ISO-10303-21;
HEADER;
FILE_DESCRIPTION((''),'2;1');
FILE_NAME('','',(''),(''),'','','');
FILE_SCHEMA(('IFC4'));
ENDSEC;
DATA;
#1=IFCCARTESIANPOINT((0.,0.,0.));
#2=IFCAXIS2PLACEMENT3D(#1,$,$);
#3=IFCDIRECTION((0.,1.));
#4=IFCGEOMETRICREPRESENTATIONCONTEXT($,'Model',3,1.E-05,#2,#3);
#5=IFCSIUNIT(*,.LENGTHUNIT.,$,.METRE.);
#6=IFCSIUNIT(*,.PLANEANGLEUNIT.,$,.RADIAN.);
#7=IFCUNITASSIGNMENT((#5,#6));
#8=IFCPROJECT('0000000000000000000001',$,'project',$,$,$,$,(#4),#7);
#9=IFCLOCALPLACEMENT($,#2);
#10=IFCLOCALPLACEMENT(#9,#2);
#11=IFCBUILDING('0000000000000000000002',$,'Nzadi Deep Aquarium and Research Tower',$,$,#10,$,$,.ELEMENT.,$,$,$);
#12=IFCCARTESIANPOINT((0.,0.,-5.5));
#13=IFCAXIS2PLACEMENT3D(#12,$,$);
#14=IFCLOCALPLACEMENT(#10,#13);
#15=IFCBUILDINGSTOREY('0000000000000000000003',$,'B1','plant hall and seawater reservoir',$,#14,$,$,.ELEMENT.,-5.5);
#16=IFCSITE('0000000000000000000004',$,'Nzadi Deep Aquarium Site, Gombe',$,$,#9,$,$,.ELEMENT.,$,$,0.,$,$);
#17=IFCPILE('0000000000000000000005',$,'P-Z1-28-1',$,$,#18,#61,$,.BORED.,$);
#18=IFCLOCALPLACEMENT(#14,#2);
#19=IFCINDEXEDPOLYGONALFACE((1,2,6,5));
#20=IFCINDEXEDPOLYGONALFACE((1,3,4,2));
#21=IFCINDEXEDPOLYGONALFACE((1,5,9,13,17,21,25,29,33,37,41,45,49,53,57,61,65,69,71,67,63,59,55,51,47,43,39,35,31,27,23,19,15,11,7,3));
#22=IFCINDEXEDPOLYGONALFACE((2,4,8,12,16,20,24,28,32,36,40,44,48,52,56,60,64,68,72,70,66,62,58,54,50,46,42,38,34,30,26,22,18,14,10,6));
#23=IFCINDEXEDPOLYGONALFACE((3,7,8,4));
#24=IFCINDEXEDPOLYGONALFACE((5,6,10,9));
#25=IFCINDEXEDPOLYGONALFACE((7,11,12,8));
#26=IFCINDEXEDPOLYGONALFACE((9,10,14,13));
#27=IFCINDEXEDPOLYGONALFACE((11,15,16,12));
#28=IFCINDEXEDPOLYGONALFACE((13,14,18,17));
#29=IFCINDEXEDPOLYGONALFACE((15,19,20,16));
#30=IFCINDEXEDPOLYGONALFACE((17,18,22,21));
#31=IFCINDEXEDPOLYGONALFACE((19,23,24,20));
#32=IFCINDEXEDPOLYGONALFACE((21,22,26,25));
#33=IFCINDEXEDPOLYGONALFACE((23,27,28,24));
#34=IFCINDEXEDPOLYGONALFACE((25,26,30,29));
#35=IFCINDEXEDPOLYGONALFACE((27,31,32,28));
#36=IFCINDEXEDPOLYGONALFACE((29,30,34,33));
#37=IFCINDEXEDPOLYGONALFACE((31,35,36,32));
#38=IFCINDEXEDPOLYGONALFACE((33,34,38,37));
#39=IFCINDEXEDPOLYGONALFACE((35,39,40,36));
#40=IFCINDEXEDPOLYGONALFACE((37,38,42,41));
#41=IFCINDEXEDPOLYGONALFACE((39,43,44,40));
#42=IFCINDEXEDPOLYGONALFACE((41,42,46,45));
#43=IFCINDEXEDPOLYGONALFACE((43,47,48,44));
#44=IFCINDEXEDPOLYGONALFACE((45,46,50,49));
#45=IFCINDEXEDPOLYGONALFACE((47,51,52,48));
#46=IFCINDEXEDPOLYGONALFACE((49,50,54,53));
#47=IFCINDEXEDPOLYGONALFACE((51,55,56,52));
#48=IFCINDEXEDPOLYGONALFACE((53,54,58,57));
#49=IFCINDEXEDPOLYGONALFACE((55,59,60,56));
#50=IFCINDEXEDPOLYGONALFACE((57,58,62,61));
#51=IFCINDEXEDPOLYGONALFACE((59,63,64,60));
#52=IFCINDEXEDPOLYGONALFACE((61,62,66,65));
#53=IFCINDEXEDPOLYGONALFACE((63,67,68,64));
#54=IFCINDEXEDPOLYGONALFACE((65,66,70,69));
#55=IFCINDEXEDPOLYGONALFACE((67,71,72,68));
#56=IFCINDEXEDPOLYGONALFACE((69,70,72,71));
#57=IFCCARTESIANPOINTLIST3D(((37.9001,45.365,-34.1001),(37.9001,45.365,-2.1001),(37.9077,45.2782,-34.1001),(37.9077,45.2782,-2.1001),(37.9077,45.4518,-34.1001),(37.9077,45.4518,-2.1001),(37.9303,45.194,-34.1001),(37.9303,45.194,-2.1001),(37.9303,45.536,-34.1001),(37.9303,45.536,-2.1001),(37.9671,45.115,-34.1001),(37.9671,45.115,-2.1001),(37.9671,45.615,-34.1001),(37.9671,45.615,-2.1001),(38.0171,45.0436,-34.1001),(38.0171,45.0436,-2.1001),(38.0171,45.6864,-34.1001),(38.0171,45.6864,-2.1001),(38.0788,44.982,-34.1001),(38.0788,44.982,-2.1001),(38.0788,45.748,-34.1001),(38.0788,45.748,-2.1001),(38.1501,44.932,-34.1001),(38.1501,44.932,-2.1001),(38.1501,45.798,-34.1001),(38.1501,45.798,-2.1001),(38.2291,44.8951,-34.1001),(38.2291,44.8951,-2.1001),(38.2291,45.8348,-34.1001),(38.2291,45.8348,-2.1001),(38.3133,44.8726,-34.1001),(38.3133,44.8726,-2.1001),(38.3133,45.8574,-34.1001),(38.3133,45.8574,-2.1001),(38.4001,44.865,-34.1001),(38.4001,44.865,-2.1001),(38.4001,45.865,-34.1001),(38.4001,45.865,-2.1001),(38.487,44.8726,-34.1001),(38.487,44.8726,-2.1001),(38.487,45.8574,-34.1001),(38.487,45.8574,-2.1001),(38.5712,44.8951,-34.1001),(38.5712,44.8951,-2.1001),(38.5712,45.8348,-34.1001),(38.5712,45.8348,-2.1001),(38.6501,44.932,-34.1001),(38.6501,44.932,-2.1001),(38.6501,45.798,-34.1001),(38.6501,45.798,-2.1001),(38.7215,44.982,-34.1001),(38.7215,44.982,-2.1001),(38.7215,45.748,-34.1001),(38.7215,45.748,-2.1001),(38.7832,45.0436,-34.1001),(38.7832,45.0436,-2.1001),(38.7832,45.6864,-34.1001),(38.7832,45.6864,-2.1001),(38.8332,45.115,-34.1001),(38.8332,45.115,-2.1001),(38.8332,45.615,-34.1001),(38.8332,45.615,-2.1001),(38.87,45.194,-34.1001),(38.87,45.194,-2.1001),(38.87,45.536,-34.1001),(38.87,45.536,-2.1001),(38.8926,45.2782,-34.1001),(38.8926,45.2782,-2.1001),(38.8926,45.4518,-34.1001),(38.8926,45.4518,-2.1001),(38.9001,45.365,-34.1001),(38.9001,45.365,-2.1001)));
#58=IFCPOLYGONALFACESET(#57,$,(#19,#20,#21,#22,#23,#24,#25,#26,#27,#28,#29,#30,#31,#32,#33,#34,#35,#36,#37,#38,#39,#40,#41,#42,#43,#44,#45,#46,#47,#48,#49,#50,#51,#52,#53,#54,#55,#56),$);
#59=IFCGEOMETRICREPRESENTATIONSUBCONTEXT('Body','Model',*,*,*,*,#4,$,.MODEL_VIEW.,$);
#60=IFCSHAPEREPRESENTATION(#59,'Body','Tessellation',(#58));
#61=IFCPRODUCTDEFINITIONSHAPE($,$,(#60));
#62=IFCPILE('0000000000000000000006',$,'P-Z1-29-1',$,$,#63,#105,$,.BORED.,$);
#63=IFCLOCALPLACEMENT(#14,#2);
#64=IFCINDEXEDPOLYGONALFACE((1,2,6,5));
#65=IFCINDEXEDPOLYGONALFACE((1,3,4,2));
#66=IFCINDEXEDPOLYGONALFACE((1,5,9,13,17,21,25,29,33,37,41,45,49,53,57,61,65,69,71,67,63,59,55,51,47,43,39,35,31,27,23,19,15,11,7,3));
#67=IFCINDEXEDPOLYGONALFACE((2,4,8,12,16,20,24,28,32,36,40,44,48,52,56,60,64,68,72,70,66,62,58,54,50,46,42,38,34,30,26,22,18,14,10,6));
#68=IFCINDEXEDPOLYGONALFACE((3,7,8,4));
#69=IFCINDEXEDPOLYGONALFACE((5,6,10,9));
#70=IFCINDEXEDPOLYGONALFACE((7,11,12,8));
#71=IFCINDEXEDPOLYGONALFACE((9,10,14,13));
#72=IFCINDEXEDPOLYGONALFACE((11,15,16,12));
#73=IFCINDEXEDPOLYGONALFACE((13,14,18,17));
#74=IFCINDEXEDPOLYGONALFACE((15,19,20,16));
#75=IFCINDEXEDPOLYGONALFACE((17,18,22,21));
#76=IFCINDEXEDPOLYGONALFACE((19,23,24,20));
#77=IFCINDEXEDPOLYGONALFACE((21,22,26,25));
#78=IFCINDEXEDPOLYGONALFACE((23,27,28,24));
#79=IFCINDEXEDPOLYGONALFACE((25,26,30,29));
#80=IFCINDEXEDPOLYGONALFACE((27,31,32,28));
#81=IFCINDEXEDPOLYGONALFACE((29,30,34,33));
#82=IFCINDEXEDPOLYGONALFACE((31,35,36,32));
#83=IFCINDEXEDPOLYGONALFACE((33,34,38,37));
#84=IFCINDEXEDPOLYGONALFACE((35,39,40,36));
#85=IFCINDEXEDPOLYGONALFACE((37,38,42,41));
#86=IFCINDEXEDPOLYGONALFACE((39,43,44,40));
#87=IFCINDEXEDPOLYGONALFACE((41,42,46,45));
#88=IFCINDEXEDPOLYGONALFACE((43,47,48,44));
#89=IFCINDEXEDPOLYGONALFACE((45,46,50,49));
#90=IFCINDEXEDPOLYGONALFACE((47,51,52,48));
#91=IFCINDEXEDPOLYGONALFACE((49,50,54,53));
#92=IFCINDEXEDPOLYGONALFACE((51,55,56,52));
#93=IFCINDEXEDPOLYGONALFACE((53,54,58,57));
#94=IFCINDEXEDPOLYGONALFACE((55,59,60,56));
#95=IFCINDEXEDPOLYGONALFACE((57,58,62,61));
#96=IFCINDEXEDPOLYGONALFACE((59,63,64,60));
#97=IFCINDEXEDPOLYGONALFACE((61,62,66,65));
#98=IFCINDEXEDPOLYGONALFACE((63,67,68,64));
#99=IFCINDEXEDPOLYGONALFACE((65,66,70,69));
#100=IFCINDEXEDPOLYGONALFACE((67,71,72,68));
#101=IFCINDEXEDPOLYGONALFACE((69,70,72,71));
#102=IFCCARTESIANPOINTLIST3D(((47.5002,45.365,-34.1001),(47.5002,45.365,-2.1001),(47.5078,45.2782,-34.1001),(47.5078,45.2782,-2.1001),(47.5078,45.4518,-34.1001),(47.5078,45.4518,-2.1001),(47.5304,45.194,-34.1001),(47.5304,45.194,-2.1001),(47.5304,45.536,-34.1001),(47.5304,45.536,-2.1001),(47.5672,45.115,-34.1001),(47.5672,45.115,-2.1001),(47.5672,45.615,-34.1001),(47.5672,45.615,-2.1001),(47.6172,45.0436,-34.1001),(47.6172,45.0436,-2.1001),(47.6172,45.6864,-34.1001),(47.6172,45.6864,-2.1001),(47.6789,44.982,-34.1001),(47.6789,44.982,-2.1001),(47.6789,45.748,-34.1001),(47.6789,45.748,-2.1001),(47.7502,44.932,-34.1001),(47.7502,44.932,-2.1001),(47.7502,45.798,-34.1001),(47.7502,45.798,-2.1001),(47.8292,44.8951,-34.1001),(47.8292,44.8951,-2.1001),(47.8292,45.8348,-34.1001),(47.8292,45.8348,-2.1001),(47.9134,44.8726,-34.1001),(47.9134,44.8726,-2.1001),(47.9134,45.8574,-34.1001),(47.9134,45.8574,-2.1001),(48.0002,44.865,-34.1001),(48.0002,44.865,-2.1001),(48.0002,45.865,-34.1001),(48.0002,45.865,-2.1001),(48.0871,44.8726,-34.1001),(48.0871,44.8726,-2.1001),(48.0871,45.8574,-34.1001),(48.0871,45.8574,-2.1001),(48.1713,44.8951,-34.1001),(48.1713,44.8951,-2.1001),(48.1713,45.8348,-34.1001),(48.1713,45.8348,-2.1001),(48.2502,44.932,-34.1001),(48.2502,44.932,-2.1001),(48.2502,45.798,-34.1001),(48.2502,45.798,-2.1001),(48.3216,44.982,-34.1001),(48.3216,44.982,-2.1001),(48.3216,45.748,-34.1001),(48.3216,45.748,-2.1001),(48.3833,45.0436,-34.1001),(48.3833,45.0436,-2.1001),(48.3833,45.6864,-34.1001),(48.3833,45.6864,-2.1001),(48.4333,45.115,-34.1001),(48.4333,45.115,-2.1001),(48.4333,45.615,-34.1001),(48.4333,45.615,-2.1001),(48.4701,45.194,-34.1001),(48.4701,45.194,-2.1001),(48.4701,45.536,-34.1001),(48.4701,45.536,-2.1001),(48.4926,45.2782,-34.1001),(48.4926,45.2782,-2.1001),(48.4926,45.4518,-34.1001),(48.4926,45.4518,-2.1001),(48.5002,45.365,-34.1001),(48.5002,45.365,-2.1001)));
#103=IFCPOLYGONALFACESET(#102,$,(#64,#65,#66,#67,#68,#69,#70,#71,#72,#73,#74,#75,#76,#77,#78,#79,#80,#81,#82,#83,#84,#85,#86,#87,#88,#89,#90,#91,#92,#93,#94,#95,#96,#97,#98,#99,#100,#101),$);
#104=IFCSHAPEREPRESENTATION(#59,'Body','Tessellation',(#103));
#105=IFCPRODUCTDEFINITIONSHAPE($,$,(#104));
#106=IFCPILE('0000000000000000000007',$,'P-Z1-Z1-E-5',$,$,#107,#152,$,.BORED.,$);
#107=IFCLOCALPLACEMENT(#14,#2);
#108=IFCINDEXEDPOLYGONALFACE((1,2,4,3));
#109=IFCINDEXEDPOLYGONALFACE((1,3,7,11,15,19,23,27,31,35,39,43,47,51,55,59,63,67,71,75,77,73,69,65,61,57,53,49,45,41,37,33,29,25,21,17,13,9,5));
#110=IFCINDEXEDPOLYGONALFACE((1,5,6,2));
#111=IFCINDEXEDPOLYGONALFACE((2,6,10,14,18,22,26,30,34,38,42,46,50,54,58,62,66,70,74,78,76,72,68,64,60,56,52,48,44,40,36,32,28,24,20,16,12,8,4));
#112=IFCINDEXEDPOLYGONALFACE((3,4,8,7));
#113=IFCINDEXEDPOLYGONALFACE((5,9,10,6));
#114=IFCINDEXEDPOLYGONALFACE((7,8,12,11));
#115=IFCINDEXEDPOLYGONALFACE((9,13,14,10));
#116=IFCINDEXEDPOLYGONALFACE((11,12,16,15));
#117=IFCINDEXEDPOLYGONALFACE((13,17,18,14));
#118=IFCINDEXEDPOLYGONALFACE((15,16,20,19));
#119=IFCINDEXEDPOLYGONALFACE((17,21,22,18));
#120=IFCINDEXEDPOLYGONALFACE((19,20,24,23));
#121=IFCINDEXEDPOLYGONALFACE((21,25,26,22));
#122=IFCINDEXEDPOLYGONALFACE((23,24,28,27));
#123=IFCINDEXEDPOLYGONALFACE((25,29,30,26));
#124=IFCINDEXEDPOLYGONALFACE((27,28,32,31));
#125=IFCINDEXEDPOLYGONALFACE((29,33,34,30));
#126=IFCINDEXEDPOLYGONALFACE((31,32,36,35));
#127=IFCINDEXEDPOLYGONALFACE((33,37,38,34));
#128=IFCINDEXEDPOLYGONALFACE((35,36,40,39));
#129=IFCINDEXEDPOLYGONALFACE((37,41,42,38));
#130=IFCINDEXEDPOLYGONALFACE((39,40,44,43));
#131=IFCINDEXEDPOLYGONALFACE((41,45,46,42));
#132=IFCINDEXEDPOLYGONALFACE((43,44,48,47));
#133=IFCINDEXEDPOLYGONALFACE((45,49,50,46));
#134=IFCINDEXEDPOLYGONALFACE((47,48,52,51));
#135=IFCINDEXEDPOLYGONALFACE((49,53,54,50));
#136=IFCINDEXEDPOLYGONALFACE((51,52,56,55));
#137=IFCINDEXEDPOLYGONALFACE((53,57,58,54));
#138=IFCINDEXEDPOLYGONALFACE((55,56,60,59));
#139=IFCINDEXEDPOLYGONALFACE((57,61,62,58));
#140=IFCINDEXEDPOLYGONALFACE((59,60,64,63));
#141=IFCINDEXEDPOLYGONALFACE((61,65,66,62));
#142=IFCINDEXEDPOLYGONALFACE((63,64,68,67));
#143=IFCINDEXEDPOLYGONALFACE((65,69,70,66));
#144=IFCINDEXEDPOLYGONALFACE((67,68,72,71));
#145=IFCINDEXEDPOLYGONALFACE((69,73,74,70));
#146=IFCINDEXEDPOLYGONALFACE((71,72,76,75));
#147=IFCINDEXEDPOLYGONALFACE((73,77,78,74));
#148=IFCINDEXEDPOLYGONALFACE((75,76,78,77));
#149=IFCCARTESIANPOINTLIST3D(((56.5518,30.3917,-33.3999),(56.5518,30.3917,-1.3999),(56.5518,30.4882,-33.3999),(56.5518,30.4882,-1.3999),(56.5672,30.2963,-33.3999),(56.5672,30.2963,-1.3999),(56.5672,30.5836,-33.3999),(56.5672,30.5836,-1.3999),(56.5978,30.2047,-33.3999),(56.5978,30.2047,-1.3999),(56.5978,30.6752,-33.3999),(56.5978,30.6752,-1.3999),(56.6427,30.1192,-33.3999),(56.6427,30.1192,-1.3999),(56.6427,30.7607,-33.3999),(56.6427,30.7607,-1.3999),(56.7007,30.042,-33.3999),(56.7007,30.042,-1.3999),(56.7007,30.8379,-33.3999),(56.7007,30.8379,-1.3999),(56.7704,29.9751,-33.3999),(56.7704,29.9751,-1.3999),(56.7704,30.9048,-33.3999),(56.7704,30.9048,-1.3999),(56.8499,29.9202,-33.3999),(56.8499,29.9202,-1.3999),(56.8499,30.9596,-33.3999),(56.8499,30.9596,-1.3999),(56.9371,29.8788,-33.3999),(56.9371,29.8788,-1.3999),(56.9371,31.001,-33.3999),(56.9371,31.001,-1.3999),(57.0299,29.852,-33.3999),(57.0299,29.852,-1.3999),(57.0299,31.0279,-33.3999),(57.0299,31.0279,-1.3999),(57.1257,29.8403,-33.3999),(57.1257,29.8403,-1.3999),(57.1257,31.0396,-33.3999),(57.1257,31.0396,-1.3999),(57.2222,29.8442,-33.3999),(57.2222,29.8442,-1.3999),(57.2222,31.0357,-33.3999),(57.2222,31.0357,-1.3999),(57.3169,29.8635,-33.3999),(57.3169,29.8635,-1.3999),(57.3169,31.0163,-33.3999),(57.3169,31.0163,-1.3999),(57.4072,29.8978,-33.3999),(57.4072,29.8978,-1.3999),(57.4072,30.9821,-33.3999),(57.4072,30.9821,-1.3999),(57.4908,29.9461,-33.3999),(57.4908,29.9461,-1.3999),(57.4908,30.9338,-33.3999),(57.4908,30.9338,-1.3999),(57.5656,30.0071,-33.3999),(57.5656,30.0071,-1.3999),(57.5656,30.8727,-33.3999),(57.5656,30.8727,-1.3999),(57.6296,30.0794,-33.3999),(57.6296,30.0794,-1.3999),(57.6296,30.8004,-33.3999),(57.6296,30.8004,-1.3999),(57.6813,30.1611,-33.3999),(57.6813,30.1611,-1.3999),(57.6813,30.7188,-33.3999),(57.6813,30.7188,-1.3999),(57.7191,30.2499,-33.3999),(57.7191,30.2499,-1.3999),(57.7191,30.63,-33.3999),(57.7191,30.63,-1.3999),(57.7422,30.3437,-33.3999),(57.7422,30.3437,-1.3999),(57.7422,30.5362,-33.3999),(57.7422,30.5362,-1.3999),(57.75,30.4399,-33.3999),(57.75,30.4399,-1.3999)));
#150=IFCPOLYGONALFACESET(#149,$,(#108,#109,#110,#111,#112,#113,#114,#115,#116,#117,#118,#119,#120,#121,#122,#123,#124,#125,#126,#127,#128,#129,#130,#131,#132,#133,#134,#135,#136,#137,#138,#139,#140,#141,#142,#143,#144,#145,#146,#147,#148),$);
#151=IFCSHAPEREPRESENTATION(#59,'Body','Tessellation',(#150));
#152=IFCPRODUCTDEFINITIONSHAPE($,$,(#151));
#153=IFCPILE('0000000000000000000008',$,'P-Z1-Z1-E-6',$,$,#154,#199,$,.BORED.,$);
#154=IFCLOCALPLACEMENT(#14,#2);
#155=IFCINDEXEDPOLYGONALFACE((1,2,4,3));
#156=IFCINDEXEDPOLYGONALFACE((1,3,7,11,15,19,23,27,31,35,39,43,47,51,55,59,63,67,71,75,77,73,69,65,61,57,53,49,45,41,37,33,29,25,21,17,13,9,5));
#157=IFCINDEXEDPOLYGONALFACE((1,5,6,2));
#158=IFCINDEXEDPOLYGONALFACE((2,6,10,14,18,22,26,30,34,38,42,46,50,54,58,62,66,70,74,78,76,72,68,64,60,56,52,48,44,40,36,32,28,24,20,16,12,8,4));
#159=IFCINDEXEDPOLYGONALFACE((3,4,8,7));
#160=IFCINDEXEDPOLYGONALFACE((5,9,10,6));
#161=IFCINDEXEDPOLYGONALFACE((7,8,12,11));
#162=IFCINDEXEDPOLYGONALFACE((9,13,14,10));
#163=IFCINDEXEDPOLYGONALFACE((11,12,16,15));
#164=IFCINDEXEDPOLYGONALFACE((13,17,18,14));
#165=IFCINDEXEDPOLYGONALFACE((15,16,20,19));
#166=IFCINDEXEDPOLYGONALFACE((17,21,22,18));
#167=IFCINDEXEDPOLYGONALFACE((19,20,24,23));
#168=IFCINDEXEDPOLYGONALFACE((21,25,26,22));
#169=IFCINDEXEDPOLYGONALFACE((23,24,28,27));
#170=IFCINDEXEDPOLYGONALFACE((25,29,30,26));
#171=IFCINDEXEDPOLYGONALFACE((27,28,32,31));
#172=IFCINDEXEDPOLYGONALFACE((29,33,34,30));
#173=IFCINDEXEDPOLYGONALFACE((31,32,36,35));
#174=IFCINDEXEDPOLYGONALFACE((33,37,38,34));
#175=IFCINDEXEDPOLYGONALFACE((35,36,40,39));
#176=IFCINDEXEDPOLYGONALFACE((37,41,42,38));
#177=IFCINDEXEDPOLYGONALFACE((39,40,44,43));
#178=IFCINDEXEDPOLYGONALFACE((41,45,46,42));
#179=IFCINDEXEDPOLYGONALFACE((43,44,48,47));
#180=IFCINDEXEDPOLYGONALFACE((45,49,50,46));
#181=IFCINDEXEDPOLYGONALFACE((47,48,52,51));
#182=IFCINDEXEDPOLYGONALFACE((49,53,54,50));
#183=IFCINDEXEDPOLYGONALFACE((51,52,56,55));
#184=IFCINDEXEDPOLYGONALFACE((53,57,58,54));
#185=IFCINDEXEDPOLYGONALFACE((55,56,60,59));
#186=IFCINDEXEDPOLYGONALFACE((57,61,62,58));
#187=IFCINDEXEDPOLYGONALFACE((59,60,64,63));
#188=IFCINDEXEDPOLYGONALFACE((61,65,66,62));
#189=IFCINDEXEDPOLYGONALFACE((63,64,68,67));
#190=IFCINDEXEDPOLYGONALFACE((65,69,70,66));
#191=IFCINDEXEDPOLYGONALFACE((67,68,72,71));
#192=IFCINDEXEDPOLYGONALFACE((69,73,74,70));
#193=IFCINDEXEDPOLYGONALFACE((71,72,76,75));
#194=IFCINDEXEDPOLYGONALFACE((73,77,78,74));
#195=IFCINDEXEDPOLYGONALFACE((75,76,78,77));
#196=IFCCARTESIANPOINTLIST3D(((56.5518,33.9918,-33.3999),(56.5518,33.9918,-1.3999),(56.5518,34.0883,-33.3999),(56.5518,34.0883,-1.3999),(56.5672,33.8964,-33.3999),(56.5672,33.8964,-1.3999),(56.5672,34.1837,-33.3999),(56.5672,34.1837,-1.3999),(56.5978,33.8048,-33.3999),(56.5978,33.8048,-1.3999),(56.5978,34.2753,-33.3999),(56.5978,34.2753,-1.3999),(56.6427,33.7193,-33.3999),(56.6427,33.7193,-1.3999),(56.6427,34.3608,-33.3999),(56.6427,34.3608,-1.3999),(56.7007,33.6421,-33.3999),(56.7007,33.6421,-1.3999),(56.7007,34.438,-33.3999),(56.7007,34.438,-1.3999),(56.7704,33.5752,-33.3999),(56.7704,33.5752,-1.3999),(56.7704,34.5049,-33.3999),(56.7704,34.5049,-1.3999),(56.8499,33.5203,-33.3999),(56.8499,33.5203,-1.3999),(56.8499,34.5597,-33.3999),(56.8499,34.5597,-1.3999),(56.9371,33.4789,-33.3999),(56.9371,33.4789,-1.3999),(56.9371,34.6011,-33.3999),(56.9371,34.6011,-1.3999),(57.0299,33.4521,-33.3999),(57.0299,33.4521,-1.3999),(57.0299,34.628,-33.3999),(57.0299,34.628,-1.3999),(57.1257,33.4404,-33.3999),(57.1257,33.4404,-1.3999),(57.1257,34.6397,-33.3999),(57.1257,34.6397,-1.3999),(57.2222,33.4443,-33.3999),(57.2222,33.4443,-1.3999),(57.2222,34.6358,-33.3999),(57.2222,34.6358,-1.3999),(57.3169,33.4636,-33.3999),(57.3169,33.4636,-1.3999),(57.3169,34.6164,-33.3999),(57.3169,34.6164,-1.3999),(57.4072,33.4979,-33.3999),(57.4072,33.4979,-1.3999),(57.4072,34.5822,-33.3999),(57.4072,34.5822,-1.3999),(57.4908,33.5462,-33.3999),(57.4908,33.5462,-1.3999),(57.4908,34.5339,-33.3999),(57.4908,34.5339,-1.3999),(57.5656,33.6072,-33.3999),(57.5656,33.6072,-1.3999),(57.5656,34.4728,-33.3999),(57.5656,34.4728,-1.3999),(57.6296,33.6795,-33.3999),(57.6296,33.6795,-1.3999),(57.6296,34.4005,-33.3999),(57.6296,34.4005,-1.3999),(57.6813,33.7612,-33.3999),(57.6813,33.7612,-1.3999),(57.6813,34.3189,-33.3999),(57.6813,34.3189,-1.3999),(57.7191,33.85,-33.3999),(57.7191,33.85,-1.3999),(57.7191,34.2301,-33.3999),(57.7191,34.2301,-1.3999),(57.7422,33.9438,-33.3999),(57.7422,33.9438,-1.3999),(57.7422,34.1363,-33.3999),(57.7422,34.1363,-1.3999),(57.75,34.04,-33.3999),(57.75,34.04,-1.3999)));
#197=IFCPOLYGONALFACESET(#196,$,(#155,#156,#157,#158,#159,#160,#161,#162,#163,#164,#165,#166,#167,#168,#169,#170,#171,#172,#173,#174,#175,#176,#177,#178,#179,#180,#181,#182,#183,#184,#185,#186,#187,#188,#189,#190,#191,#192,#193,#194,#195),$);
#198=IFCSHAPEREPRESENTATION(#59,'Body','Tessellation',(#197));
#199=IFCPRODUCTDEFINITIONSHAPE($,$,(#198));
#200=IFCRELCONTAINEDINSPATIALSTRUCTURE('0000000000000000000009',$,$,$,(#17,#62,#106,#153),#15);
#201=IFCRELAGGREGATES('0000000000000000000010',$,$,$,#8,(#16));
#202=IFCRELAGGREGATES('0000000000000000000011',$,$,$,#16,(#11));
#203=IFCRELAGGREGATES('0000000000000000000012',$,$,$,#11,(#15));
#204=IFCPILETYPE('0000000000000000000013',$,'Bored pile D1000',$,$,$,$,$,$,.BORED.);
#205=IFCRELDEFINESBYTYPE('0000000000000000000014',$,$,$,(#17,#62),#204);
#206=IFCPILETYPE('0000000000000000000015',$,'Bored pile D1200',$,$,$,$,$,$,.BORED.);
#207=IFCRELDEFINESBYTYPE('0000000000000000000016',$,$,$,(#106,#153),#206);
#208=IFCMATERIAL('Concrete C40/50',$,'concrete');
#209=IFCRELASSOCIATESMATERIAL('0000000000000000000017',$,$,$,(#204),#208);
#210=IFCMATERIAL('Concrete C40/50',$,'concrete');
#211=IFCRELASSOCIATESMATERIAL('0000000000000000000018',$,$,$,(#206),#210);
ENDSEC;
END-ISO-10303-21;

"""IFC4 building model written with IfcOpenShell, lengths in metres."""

from ifc_helpers import new_model, si_unit, direction, frame, origin, origin_2d, place, context, subcontext, project, spatial, circle, extrude, material, material_profile, profile_set, type_object, element, save


model = new_model("IFC4")

# Units and contexts
model_context = context("Model", 3, precision=1e-05, world=origin(), true_north=direction((0.0, 1.0)))
body_context = subcontext(model_context, "Body", "Model", "MODEL_VIEW")
ifc_project = project(units=[si_unit("LENGTHUNIT", "METRE"), si_unit("PLANEANGLEUNIT", "RADIAN")], contexts=[model_context])

# Site, building, storey
site_placement = place(None, origin())
site = spatial("IfcSite", under=ifc_project, at=site_placement, Name="Nzadi Deep Aquarium Site, Gombe", CompositionType="ELEMENT", RefElevation=0.0)
building_placement = place(site_placement, origin())
building = spatial("IfcBuilding", under=site, at=building_placement, Name="Nzadi Deep Aquarium and Research Tower", CompositionType="ELEMENT")
storey_placement = place(building_placement, frame((0.0, 0.0, -5.5)))
storey = spatial("IfcBuildingStorey", under=building, at=storey_placement, Name="B1", Description="plant hall and seawater reservoir", CompositionType="ELEMENT", Elevation=-5.5)

# Piles
ifc_material_1 = material(Name="Concrete C40/50", Category="concrete")
ifc_material_profile_1 = material_profile(ifc_material_1, circle(Radius=0.5, at=origin_2d()))
ifc_profile_set_1 = profile_set([ifc_material_profile_1], Name="Concrete C40/50")
pile_type_1 = type_object("IfcPileType", Name="Bored pile D1000", PredefinedType="BORED", material=ifc_profile_set_1)
for number, where, z_axis, x_axis, name in (
    (1, (38.4001, 45.365, -2.1001), (0.0, 0.0, -1.0), (1.0, 0.0, 0.0), "P-Z1-28-1"),
    (2, (48.0002, 45.365, -2.1001), (0.0, 0.0, -1.0), (1.0, 0.0, 0.0), "P-Z1-29-1"),
):
    element("IfcPile", number, at=place(storey_placement, frame(where, z_axis=z_axis, x_axis=x_axis)), inside=storey, type_object=pile_type_1, Name=name, PredefinedType="BORED", context=body_context, shape_type="SweptSolid", body=[
        extrude(circle(Radius=0.5, at=origin_2d()), origin(), (0.0, 0.0, 1.0), 32.0),
    ])
ifc_material_2 = material(Name="Concrete C40/50", Category="concrete")
ifc_material_profile_2 = material_profile(ifc_material_2, circle(Radius=0.6001, at=origin_2d()))
ifc_profile_set_2 = profile_set([ifc_material_profile_2], Name="Concrete C40/50")
pile_type_2 = type_object("IfcPileType", Name="Bored pile D1200", PredefinedType="BORED", material=ifc_profile_set_2)
for number, where, z_axis, x_axis, name in (
    (3, (57.1499, 30.4399, -1.3999), (0.0, 0.0, -1.0), (1.0, 0.0, 0.0), "P-Z1-Z1-E-5"),
    (4, (57.1499, 34.04, -1.3999), (0.0, 0.0, -1.0), (1.0, 0.0, 0.0), "P-Z1-Z1-E-6"),
):
    element("IfcPile", number, at=place(storey_placement, frame(where, z_axis=z_axis, x_axis=x_axis)), inside=storey, type_object=pile_type_2, Name=name, PredefinedType="BORED", context=body_context, shape_type="SweptSolid", body=[
        extrude(circle(Radius=0.6001, at=origin_2d()), origin(), (0.0, 0.0, 1.0), 32.0),
    ])

save(model, "model.ifc")
